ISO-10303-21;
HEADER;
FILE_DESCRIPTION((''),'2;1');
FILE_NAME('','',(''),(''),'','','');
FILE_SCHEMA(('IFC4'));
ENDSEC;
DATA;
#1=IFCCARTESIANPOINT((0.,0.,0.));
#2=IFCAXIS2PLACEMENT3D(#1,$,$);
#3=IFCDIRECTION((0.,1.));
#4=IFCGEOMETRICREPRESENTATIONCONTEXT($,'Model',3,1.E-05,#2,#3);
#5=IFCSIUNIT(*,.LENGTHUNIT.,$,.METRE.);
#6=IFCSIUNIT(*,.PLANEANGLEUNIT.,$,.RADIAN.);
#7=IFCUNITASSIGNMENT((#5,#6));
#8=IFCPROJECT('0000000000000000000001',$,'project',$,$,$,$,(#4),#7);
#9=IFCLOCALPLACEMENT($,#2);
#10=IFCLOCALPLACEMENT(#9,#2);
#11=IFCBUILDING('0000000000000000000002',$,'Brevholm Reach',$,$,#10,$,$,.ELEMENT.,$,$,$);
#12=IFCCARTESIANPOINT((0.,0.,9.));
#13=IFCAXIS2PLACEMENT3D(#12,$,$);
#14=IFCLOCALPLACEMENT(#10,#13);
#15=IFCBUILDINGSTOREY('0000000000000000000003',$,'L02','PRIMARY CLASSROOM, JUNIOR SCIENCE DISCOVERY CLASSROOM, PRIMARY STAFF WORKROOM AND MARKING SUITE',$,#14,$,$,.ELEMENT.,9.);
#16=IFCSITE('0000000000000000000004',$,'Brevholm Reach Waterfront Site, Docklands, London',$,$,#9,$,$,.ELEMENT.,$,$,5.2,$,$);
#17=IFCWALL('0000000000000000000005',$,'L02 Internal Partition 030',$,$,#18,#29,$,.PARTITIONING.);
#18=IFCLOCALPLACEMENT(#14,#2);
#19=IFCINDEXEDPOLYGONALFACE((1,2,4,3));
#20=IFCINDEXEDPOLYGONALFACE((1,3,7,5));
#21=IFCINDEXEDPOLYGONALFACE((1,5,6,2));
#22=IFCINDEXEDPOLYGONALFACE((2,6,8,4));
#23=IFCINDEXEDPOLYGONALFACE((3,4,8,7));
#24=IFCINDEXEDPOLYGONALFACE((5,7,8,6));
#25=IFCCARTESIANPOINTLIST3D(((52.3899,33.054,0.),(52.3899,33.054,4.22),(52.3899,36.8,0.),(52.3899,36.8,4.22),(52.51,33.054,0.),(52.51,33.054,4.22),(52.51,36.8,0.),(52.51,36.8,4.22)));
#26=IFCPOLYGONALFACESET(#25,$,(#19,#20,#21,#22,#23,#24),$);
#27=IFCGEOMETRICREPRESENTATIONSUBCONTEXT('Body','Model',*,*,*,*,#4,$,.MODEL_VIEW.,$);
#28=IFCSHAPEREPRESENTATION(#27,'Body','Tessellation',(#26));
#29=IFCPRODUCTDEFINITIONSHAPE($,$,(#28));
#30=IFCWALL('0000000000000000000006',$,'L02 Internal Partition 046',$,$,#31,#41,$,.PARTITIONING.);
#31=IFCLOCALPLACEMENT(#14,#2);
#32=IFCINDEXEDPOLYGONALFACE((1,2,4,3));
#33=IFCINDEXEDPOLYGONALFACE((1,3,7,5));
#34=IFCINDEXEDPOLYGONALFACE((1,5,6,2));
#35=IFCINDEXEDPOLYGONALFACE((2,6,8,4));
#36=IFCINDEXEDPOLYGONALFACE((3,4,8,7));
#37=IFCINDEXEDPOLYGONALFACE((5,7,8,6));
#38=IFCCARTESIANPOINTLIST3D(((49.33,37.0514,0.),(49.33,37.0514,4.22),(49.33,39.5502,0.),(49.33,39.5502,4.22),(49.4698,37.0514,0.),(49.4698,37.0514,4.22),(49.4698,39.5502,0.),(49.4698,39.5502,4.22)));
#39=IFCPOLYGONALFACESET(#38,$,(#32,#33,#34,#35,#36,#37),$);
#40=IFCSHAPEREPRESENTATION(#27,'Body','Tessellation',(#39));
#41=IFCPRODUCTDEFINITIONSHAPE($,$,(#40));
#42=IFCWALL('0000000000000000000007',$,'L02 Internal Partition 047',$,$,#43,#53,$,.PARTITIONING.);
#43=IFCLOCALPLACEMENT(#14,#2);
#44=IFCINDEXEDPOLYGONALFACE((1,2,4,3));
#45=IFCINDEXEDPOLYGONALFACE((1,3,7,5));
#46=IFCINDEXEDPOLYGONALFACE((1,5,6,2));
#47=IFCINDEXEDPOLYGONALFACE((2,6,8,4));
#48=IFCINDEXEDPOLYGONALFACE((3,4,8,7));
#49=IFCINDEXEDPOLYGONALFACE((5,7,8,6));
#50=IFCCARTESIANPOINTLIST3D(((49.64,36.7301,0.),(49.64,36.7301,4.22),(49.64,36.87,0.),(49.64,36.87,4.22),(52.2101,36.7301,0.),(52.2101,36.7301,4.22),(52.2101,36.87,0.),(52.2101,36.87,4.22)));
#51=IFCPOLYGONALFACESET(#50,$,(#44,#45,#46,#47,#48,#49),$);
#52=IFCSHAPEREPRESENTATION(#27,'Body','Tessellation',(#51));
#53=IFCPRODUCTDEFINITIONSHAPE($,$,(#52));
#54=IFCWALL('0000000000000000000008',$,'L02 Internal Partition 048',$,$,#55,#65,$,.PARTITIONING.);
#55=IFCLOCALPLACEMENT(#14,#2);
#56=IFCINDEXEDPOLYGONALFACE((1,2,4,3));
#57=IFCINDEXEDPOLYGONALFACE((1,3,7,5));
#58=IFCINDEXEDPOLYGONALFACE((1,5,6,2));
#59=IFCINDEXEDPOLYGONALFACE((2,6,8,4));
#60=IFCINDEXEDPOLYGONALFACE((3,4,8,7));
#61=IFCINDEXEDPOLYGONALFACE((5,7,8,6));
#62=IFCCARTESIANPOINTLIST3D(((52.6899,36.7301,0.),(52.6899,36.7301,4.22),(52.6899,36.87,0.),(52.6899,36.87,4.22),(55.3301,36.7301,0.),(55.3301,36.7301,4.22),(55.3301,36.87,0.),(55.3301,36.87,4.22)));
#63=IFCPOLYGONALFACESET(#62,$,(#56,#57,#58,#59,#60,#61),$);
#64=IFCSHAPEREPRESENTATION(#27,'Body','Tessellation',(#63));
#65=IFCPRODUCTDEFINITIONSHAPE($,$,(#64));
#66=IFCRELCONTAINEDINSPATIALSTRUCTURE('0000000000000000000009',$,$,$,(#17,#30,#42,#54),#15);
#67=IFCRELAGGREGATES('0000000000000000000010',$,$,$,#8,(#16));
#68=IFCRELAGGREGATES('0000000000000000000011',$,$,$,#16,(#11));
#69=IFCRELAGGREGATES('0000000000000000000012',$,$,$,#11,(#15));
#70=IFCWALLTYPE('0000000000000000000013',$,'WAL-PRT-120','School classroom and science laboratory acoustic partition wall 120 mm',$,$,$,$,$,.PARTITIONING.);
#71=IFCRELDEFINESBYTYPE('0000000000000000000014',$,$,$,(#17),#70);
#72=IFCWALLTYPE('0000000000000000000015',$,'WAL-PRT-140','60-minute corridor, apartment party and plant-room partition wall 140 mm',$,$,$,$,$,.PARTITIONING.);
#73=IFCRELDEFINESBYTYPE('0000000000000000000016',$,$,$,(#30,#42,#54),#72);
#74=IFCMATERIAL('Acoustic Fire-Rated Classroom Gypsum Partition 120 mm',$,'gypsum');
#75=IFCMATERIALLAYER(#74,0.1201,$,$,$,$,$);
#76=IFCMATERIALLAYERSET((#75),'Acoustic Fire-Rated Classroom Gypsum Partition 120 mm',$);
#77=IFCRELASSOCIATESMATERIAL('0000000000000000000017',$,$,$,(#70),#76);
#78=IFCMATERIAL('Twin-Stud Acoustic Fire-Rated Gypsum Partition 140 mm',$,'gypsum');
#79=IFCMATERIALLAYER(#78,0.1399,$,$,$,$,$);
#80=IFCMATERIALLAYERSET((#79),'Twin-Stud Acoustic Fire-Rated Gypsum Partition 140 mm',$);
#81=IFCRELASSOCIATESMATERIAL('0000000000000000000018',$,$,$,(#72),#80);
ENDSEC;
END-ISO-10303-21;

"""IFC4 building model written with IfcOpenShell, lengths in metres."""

from ifc_helpers import new_model, si_unit, direction, frame, frame_2d, origin, place, context, subcontext, project, spatial, rectangle, extrude, material, layer, layer_set, type_object, element, save


model = new_model("IFC4")

# Units and contexts
model_context = context("Model", 3, precision=1e-05, world=origin(), true_north=direction((0.0, 1.0)))
body_context = subcontext(model_context, "Body", "Model", "MODEL_VIEW")
ifc_project = project(units=[si_unit("LENGTHUNIT", "METRE"), si_unit("PLANEANGLEUNIT", "RADIAN")], contexts=[model_context])

# Site, building, storey
site_placement = place(None, origin())
site = spatial("IfcSite", under=ifc_project, at=site_placement, Name="Brevholm Reach Waterfront Site, Docklands, London", CompositionType="ELEMENT", RefElevation=5.2)
building_placement = place(site_placement, origin())
building = spatial("IfcBuilding", under=site, at=building_placement, Name="Brevholm Reach", CompositionType="ELEMENT")
storey_placement = place(building_placement, frame((0.0, 0.0, 9.0)))
storey = spatial("IfcBuildingStorey", under=building, at=storey_placement, Name="L02", Description="PRIMARY CLASSROOM, JUNIOR SCIENCE DISCOVERY CLASSROOM, PRIMARY STAFF WORKROOM AND MARKING SUITE", CompositionType="ELEMENT", Elevation=9.0)

# Shared definitions
ifc_material_1 = material(Name="Acoustic Fire-Rated Classroom Gypsum Partition 120 mm", Category="gypsum")
ifc_layer_1 = layer(ifc_material_1, 0.1201)
ifc_layer_set_1 = layer_set([ifc_layer_1], Name="Acoustic Fire-Rated Classroom Gypsum Partition 120 mm")
wall_type_1 = type_object("IfcWallType", Name="WAL-PRT-120", Description="School classroom and science laboratory acoustic partition wall 120 mm", PredefinedType="PARTITIONING", material=ifc_layer_set_1)

# Walls
wall_1_placement = place(storey_placement, frame((52.45, 33.054, 0.0), z_axis=(0.0, 0.0, 1.0), x_axis=(0.0, 1.0, 0.0)))
element("IfcWall", 1, at=wall_1_placement, inside=storey, type_object=wall_type_1, Name="L02 Internal Partition 030", PredefinedType="PARTITIONING", context=body_context, shape_type="SweptSolid", body=[
    extrude(rectangle(XDim=3.7461, YDim=0.1201, at=frame_2d((1.873, 0.0))), origin(), (0.0, 0.0, 1.0), 4.22),
])
ifc_material_2 = material(Name="Twin-Stud Acoustic Fire-Rated Gypsum Partition 140 mm", Category="gypsum")
ifc_layer_2 = layer(ifc_material_2, 0.1399)
ifc_layer_set_2 = layer_set([ifc_layer_2], Name="Twin-Stud Acoustic Fire-Rated Gypsum Partition 140 mm")
wall_type_2 = type_object("IfcWallType", Name="WAL-PRT-140", Description="60-minute corridor, apartment party and plant-room partition wall 140 mm", PredefinedType="PARTITIONING", material=ifc_layer_set_2)
wall_2_placement = place(storey_placement, frame((49.3999, 37.0513, 0.0), z_axis=(0.0, 0.0, 1.0), x_axis=(0.0, 1.0, 0.0)))
element("IfcWall", 2, at=wall_2_placement, inside=storey, type_object=wall_type_2, Name="L02 Internal Partition 046", PredefinedType="PARTITIONING", context=body_context, shape_type="SweptSolid", body=[
    extrude(rectangle(XDim=2.4988, YDim=0.1399, at=frame_2d((1.2495, 0.0))), origin(), (0.0, 0.0, 1.0), 4.22),
])
wall_3_placement = place(storey_placement, frame((49.6399, 36.8, 0.0), z_axis=(0.0, 0.0, 1.0), x_axis=(1.0, 0.0, 0.0)))
element("IfcWall", 3, at=wall_3_placement, inside=storey, type_object=wall_type_2, Name="L02 Internal Partition 047", PredefinedType="PARTITIONING", context=body_context, shape_type="SweptSolid", body=[
    extrude(rectangle(XDim=2.5701, YDim=0.1399, at=frame_2d((1.2852, 0.0))), origin(), (0.0, 0.0, 1.0), 4.22),
])
wall_4_placement = place(storey_placement, frame((52.6899, 36.8, 0.0), z_axis=(0.0, 0.0, 1.0), x_axis=(1.0, 0.0, 0.0)))
element("IfcWall", 4, at=wall_4_placement, inside=storey, type_object=wall_type_2, Name="L02 Internal Partition 048", PredefinedType="PARTITIONING", context=body_context, shape_type="SweptSolid", body=[
    extrude(rectangle(XDim=2.6401, YDim=0.1399, at=frame_2d((1.3201, 0.0))), origin(), (0.0, 0.0, 1.0), 4.22),
])

save(model, "model.ifc")
